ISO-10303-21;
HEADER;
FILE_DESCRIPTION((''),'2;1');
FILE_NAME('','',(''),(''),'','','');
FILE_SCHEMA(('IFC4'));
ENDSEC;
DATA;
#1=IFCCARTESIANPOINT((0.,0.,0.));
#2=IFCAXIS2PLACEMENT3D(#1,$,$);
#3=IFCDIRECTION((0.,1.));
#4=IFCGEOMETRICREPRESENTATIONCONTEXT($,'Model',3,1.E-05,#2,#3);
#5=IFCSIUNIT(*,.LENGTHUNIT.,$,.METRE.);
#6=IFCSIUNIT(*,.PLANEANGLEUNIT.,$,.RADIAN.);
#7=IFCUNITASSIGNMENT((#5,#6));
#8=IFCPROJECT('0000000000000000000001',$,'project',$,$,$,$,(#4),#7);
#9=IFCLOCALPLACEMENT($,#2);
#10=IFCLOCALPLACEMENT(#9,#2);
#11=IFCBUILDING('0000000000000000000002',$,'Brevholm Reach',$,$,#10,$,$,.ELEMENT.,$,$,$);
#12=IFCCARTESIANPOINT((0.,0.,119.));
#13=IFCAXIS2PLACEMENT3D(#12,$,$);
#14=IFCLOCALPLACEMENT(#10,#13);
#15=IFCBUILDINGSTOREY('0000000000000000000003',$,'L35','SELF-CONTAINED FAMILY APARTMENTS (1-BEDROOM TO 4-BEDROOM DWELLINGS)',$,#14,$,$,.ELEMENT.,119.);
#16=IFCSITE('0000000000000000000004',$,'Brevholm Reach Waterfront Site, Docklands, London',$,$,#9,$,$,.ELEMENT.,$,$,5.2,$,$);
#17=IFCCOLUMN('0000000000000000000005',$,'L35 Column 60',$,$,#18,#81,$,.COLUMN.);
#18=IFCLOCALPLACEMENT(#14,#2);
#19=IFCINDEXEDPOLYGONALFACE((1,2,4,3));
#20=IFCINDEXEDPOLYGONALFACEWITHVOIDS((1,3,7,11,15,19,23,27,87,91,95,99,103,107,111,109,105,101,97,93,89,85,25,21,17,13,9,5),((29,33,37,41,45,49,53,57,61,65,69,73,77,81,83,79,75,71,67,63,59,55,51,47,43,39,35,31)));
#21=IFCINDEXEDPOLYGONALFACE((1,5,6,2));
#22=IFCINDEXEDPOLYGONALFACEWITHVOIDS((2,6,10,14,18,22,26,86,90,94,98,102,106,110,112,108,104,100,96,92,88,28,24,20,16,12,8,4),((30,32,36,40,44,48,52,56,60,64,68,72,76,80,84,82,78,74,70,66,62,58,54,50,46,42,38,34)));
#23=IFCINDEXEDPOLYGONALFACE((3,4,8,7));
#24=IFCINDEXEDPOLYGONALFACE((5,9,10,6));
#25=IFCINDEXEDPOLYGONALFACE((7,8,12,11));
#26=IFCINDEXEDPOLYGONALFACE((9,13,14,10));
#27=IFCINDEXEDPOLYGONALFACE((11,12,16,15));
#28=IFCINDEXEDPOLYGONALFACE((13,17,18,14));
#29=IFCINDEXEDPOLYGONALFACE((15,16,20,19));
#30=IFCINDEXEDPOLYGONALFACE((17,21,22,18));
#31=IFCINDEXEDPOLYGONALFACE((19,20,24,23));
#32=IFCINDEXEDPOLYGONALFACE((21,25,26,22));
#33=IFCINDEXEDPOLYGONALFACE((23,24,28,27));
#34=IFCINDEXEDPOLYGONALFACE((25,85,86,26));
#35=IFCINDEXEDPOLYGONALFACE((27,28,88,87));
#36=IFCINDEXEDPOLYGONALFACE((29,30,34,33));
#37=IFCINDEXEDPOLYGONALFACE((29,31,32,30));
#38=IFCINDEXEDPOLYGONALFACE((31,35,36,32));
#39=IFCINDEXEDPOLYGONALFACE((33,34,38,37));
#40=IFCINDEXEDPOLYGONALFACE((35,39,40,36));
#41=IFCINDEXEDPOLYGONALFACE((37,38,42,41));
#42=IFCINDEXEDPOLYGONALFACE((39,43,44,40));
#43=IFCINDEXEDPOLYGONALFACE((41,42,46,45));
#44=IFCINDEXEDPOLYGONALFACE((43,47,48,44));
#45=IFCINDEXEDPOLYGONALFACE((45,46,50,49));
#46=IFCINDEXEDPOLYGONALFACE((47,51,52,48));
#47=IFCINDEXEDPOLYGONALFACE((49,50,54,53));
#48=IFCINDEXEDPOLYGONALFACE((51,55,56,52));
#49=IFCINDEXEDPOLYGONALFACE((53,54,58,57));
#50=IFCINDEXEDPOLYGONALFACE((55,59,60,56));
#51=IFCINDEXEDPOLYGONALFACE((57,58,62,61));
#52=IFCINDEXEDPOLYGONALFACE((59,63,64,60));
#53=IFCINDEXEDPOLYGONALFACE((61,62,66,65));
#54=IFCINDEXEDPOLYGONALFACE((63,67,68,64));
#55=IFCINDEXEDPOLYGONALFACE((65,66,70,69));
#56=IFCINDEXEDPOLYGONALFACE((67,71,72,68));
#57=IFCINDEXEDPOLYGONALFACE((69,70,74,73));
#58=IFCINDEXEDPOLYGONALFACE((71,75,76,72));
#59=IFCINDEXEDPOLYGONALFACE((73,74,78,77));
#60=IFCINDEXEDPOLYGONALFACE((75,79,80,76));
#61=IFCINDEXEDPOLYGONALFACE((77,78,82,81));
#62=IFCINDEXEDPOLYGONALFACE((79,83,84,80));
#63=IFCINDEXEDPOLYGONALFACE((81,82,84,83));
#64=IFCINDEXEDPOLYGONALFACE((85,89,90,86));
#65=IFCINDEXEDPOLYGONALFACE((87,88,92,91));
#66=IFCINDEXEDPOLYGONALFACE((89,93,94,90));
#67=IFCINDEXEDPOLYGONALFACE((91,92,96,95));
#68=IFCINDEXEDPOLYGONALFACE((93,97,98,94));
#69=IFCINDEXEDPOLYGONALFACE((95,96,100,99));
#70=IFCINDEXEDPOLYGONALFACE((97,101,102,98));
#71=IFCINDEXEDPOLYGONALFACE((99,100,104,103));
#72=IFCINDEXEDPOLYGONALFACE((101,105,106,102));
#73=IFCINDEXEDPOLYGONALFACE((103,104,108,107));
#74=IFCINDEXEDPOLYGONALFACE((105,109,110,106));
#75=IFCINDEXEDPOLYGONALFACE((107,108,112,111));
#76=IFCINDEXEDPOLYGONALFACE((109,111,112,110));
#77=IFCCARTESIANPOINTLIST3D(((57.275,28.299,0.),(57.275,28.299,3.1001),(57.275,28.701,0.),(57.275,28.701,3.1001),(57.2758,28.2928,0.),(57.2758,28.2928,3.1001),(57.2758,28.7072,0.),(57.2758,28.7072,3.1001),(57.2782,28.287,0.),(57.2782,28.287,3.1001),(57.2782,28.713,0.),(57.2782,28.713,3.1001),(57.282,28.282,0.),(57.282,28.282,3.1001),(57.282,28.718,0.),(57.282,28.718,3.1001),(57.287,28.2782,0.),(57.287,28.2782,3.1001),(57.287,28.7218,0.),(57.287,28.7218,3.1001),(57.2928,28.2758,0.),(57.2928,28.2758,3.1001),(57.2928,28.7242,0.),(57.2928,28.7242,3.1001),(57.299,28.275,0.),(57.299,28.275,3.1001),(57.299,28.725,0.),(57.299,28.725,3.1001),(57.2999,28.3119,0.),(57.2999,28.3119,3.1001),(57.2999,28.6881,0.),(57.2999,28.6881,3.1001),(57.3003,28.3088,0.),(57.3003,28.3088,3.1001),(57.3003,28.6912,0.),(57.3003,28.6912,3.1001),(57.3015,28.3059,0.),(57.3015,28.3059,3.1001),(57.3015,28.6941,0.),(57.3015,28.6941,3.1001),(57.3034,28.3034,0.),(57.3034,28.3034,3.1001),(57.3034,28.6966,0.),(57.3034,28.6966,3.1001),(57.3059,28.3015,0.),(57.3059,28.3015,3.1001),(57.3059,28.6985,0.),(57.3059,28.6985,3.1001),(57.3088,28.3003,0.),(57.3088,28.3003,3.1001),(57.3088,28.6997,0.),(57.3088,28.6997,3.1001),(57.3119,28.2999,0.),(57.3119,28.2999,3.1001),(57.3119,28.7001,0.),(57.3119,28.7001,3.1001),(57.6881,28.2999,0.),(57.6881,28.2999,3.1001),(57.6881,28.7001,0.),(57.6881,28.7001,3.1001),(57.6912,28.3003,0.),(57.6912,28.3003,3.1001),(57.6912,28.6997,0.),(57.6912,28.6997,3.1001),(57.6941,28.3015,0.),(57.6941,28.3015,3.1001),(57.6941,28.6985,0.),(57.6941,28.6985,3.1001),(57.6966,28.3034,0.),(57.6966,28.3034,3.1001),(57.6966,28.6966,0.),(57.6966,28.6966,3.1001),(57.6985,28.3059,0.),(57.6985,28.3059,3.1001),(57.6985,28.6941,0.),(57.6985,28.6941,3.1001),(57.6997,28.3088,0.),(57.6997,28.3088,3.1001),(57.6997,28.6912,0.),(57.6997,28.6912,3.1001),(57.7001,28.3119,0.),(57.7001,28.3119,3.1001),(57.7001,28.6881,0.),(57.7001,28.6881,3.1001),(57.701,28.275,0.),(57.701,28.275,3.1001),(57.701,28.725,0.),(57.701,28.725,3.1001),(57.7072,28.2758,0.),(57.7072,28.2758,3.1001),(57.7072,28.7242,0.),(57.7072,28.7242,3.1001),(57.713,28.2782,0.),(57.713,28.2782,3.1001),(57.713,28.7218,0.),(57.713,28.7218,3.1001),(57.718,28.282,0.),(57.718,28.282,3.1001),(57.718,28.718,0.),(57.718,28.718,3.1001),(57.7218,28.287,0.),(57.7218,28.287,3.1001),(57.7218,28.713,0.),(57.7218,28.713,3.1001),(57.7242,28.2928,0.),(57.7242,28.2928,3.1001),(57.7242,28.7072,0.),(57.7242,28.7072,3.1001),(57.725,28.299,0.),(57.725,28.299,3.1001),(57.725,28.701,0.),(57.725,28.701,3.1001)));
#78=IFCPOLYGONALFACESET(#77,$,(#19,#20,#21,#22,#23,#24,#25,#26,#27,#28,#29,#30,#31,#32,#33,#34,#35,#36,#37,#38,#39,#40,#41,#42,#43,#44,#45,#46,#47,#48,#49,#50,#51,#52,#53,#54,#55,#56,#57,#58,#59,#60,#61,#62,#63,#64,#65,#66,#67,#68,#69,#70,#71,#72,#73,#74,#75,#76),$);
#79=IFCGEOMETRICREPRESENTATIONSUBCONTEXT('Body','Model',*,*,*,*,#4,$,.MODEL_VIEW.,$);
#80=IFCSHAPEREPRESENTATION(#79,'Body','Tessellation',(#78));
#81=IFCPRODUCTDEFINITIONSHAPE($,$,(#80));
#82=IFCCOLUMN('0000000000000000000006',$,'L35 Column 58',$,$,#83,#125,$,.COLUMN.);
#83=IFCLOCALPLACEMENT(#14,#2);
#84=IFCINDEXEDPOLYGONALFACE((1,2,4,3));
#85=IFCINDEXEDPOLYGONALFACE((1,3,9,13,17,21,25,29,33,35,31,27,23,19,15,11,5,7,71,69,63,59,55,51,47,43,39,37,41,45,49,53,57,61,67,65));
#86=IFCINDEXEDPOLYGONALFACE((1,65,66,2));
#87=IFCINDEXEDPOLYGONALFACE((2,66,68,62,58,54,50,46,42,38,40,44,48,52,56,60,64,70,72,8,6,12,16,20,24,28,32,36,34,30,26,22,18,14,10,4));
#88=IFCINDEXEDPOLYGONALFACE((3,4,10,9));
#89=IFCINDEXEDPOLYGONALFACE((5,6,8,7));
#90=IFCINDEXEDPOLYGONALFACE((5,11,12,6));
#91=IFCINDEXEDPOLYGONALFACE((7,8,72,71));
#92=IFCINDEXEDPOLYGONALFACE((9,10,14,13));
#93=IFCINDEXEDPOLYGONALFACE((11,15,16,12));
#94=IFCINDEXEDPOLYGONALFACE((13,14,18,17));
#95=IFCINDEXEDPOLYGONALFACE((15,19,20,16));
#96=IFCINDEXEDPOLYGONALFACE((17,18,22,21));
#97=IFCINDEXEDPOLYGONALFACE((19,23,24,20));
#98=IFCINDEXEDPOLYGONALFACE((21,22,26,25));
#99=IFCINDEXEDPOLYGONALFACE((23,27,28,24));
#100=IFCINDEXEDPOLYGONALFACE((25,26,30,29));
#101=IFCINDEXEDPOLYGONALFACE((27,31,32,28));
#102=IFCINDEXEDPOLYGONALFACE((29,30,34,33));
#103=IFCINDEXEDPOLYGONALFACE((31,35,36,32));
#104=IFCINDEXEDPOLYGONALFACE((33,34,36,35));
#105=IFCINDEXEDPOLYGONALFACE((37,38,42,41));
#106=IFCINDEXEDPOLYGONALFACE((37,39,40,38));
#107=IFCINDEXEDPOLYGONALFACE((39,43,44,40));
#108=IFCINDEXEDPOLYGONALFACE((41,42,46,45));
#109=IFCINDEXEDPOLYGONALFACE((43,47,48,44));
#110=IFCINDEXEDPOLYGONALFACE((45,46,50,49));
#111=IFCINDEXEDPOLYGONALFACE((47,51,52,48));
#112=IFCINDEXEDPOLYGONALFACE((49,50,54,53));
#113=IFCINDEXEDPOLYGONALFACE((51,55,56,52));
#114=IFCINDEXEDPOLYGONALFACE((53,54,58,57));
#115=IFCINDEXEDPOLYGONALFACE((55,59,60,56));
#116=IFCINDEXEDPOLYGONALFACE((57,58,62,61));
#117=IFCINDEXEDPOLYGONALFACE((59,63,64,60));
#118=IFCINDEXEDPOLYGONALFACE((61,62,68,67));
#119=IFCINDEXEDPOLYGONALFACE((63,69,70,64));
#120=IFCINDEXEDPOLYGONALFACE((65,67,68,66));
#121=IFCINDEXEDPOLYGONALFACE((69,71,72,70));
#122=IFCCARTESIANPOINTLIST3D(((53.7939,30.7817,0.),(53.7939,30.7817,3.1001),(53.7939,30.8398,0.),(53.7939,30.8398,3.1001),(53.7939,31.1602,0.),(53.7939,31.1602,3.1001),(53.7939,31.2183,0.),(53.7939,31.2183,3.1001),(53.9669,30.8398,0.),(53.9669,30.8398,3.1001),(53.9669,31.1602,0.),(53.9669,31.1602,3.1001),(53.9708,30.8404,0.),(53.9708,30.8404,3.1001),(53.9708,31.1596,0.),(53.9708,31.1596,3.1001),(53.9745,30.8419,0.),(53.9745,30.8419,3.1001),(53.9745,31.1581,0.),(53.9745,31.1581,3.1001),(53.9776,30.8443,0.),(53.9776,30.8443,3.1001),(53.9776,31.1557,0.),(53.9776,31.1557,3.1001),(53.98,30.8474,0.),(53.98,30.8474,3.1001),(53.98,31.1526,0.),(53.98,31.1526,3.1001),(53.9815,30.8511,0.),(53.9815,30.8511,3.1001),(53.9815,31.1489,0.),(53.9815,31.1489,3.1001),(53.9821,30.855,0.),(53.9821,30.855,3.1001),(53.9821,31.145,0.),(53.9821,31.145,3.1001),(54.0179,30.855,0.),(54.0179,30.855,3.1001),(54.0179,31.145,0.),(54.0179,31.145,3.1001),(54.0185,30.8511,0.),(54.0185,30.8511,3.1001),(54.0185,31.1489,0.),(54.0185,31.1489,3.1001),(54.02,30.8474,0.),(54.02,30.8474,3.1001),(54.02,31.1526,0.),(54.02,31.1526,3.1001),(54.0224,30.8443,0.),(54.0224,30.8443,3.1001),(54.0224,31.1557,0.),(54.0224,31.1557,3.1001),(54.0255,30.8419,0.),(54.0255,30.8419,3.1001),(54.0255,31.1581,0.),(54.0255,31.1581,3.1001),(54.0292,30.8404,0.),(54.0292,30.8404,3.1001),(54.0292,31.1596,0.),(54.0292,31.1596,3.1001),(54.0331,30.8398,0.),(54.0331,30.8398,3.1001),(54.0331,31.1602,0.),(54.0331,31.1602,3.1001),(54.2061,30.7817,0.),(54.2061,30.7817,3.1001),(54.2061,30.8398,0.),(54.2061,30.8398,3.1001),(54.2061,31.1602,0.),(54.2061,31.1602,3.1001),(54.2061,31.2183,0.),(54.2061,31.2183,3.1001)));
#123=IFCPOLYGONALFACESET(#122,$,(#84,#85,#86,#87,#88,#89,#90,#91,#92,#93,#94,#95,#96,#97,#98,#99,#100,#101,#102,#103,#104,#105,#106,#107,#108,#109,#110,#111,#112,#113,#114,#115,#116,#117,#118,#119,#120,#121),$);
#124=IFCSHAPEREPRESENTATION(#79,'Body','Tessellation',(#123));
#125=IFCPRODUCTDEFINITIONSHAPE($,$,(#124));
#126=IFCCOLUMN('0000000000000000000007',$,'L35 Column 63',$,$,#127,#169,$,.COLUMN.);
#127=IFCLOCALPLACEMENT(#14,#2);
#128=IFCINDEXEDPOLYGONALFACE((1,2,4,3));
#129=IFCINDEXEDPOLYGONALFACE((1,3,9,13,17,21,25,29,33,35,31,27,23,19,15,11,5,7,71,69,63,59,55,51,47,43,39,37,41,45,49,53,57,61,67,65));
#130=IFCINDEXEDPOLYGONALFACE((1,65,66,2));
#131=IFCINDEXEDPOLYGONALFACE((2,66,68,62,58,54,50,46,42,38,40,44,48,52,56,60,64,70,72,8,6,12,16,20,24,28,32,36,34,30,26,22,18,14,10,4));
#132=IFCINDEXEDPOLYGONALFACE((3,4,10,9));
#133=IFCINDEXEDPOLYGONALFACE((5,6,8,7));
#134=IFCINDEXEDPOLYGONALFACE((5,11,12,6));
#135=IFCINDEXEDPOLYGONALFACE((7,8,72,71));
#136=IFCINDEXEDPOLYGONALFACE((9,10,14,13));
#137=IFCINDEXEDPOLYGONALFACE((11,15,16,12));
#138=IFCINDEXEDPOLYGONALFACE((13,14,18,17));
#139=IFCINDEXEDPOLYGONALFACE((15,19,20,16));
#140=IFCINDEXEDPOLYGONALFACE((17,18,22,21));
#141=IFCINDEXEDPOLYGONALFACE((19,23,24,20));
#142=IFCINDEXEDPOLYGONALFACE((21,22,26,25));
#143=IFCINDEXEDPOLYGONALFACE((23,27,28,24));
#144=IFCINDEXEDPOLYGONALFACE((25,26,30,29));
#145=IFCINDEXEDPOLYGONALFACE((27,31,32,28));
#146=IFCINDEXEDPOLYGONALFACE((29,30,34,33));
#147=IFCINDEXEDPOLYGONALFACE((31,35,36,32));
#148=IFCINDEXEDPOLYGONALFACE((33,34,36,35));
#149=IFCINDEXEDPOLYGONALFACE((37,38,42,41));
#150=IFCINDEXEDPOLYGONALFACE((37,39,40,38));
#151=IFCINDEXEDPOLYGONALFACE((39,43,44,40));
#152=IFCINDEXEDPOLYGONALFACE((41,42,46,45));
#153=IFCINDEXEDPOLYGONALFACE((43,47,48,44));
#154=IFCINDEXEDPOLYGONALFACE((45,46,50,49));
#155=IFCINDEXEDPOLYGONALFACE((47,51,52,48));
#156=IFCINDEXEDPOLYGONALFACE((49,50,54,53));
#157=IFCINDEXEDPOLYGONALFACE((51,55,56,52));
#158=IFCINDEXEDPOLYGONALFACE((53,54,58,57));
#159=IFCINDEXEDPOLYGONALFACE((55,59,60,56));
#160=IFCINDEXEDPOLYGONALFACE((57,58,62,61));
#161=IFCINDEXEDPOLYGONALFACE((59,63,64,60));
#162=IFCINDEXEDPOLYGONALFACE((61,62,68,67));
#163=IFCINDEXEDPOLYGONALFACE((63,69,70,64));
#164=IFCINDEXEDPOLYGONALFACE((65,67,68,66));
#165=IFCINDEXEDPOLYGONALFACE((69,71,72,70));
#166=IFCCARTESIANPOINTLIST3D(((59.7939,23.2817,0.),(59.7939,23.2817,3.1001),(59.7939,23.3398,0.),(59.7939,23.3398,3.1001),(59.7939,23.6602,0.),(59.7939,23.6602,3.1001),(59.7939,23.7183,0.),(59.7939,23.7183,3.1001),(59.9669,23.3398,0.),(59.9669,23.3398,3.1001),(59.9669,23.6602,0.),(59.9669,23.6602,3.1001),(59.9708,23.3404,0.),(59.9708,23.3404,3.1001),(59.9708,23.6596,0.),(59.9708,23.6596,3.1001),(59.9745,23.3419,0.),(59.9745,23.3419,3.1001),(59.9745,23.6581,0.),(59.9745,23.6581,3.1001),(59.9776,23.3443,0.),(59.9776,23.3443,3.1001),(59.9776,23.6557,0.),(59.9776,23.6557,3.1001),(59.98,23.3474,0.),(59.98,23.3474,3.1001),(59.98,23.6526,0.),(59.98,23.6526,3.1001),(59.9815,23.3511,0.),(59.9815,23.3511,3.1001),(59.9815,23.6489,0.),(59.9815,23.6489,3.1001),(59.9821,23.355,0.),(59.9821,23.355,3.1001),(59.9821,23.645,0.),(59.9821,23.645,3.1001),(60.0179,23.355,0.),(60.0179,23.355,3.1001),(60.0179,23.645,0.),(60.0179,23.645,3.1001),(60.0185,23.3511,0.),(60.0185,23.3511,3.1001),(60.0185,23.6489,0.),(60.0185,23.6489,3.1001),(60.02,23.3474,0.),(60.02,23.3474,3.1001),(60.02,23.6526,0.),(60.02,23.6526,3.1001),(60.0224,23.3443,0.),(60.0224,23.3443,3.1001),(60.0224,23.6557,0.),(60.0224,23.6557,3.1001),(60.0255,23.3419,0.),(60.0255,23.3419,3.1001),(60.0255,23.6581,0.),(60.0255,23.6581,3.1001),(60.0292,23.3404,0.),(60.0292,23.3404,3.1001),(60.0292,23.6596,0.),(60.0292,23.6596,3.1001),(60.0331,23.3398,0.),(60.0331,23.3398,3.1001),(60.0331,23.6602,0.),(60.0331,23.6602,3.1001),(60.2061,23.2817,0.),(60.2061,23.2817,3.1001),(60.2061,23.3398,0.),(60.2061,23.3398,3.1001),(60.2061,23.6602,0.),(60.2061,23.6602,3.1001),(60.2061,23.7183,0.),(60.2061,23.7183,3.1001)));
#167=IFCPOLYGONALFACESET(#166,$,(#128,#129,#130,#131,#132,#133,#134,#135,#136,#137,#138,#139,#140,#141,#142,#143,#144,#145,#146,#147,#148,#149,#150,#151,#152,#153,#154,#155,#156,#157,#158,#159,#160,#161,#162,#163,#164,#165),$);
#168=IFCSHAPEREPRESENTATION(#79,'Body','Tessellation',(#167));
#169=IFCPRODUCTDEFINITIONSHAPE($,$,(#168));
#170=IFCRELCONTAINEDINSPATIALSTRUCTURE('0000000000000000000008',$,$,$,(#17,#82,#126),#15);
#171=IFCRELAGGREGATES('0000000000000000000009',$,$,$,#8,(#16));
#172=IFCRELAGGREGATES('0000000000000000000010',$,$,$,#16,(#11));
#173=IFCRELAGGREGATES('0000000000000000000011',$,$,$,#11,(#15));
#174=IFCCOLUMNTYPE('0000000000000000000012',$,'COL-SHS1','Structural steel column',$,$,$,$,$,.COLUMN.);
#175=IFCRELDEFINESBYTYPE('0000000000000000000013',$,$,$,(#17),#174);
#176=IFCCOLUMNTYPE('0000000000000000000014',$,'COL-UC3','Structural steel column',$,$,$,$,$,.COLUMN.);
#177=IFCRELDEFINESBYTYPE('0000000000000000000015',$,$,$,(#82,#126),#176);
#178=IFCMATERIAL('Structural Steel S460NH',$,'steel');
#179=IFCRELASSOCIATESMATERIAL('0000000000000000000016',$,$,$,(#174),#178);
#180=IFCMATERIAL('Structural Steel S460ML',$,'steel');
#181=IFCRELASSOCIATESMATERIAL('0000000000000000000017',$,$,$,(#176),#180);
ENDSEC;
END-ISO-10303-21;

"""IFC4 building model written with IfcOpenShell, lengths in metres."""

from ifc_helpers import new_model, si_unit, direction, frame, origin, origin_2d, place, context, subcontext, project, spatial, hollow_rectangle, i_section, extrude, material, material_profile, profile_set, type_object, element, save


model = new_model("IFC4")

# Units and contexts
model_context = context("Model", 3, precision=1e-05, world=origin(), true_north=direction((0.0, 1.0)))
body_context = subcontext(model_context, "Body", "Model", "MODEL_VIEW")
ifc_project = project(units=[si_unit("LENGTHUNIT", "METRE"), si_unit("PLANEANGLEUNIT", "RADIAN")], contexts=[model_context])

# Site, building, storey
site_placement = place(None, origin())
site = spatial("IfcSite", under=ifc_project, at=site_placement, Name="Brevholm Reach Waterfront Site, Docklands, London", CompositionType="ELEMENT", RefElevation=5.2)
building_placement = place(site_placement, origin())
building = spatial("IfcBuilding", under=site, at=building_placement, Name="Brevholm Reach", CompositionType="ELEMENT")
storey_placement = place(building_placement, frame((0.0, 0.0, 119.0)))
storey = spatial("IfcBuildingStorey", under=building, at=storey_placement, Name="L35", Description="SELF-CONTAINED FAMILY APARTMENTS (1-BEDROOM TO 4-BEDROOM DWELLINGS)", CompositionType="ELEMENT", Elevation=119.0)

# Columns
ifc_material_1 = material(Name="Structural Steel S460NH", Category="steel")
ifc_material_profile_1 = material_profile(ifc_material_1, hollow_rectangle(XDim=0.45, YDim=0.45, WallThickness=0.0249, InnerFilletRadius=0.012, OuterFilletRadius=0.0239, at=origin_2d()), Name="SHS 450x450x25")
ifc_profile_set_1 = profile_set([ifc_material_profile_1], Name="Structural Steel S460NH")
column_type_1 = type_object("IfcColumnType", Name="COL-SHS1", Description="Structural steel column", PredefinedType="COLUMN", material=ifc_profile_set_1)
column_1_placement = place(storey_placement, frame((57.5, 28.5, 0.0), z_axis=(0.0, 0.0, 1.0), x_axis=(1.0, 0.0, 0.0)))
element("IfcColumn", 1, at=column_1_placement, inside=storey, type_object=column_type_1, Name="L35 Column 60", PredefinedType="COLUMN", context=body_context, shape_type="SweptSolid", body=[
    extrude(hollow_rectangle(XDim=0.45, YDim=0.45, WallThickness=0.0249, InnerFilletRadius=0.012, OuterFilletRadius=0.0239, at=origin_2d()), origin(), (0.0, 0.0, 1.0), 3.1001),
])
ifc_material_2 = material(Name="Structural Steel S460ML", Category="steel")
ifc_material_profile_2 = material_profile(ifc_material_2, i_section(OverallWidth=0.4121, OverallDepth=0.4365, WebThickness=0.0359, FlangeThickness=0.0581, FilletRadius=0.0151, at=origin_2d()), Name="UKC 356x406x467")
ifc_profile_set_2 = profile_set([ifc_material_profile_2], Name="Structural Steel S460ML")
column_type_2 = type_object("IfcColumnType", Name="COL-UC3", Description="Structural steel column", PredefinedType="COLUMN", material=ifc_profile_set_2)
for number, where, z_axis, x_axis, name in (
    (2, (54.0, 31.0, 0.0), (0.0, 0.0, 1.0), (1.0, 0.0, 0.0), "L35 Column 58"),
    (3, (60.0, 23.5, 0.0), (0.0, 0.0, 1.0), (1.0, 0.0, 0.0), "L35 Column 63"),
):
    element("IfcColumn", number, at=place(storey_placement, frame(where, z_axis=z_axis, x_axis=x_axis)), inside=storey, type_object=column_type_2, Name=name, PredefinedType="COLUMN", context=body_context, shape_type="SweptSolid", body=[
        extrude(i_section(OverallWidth=0.4121, OverallDepth=0.4365, WebThickness=0.0359, FlangeThickness=0.0581, FilletRadius=0.0151, at=origin_2d()), origin(), (0.0, 0.0, 1.0), 3.1001),
    ])

save(model, "model.ifc")
